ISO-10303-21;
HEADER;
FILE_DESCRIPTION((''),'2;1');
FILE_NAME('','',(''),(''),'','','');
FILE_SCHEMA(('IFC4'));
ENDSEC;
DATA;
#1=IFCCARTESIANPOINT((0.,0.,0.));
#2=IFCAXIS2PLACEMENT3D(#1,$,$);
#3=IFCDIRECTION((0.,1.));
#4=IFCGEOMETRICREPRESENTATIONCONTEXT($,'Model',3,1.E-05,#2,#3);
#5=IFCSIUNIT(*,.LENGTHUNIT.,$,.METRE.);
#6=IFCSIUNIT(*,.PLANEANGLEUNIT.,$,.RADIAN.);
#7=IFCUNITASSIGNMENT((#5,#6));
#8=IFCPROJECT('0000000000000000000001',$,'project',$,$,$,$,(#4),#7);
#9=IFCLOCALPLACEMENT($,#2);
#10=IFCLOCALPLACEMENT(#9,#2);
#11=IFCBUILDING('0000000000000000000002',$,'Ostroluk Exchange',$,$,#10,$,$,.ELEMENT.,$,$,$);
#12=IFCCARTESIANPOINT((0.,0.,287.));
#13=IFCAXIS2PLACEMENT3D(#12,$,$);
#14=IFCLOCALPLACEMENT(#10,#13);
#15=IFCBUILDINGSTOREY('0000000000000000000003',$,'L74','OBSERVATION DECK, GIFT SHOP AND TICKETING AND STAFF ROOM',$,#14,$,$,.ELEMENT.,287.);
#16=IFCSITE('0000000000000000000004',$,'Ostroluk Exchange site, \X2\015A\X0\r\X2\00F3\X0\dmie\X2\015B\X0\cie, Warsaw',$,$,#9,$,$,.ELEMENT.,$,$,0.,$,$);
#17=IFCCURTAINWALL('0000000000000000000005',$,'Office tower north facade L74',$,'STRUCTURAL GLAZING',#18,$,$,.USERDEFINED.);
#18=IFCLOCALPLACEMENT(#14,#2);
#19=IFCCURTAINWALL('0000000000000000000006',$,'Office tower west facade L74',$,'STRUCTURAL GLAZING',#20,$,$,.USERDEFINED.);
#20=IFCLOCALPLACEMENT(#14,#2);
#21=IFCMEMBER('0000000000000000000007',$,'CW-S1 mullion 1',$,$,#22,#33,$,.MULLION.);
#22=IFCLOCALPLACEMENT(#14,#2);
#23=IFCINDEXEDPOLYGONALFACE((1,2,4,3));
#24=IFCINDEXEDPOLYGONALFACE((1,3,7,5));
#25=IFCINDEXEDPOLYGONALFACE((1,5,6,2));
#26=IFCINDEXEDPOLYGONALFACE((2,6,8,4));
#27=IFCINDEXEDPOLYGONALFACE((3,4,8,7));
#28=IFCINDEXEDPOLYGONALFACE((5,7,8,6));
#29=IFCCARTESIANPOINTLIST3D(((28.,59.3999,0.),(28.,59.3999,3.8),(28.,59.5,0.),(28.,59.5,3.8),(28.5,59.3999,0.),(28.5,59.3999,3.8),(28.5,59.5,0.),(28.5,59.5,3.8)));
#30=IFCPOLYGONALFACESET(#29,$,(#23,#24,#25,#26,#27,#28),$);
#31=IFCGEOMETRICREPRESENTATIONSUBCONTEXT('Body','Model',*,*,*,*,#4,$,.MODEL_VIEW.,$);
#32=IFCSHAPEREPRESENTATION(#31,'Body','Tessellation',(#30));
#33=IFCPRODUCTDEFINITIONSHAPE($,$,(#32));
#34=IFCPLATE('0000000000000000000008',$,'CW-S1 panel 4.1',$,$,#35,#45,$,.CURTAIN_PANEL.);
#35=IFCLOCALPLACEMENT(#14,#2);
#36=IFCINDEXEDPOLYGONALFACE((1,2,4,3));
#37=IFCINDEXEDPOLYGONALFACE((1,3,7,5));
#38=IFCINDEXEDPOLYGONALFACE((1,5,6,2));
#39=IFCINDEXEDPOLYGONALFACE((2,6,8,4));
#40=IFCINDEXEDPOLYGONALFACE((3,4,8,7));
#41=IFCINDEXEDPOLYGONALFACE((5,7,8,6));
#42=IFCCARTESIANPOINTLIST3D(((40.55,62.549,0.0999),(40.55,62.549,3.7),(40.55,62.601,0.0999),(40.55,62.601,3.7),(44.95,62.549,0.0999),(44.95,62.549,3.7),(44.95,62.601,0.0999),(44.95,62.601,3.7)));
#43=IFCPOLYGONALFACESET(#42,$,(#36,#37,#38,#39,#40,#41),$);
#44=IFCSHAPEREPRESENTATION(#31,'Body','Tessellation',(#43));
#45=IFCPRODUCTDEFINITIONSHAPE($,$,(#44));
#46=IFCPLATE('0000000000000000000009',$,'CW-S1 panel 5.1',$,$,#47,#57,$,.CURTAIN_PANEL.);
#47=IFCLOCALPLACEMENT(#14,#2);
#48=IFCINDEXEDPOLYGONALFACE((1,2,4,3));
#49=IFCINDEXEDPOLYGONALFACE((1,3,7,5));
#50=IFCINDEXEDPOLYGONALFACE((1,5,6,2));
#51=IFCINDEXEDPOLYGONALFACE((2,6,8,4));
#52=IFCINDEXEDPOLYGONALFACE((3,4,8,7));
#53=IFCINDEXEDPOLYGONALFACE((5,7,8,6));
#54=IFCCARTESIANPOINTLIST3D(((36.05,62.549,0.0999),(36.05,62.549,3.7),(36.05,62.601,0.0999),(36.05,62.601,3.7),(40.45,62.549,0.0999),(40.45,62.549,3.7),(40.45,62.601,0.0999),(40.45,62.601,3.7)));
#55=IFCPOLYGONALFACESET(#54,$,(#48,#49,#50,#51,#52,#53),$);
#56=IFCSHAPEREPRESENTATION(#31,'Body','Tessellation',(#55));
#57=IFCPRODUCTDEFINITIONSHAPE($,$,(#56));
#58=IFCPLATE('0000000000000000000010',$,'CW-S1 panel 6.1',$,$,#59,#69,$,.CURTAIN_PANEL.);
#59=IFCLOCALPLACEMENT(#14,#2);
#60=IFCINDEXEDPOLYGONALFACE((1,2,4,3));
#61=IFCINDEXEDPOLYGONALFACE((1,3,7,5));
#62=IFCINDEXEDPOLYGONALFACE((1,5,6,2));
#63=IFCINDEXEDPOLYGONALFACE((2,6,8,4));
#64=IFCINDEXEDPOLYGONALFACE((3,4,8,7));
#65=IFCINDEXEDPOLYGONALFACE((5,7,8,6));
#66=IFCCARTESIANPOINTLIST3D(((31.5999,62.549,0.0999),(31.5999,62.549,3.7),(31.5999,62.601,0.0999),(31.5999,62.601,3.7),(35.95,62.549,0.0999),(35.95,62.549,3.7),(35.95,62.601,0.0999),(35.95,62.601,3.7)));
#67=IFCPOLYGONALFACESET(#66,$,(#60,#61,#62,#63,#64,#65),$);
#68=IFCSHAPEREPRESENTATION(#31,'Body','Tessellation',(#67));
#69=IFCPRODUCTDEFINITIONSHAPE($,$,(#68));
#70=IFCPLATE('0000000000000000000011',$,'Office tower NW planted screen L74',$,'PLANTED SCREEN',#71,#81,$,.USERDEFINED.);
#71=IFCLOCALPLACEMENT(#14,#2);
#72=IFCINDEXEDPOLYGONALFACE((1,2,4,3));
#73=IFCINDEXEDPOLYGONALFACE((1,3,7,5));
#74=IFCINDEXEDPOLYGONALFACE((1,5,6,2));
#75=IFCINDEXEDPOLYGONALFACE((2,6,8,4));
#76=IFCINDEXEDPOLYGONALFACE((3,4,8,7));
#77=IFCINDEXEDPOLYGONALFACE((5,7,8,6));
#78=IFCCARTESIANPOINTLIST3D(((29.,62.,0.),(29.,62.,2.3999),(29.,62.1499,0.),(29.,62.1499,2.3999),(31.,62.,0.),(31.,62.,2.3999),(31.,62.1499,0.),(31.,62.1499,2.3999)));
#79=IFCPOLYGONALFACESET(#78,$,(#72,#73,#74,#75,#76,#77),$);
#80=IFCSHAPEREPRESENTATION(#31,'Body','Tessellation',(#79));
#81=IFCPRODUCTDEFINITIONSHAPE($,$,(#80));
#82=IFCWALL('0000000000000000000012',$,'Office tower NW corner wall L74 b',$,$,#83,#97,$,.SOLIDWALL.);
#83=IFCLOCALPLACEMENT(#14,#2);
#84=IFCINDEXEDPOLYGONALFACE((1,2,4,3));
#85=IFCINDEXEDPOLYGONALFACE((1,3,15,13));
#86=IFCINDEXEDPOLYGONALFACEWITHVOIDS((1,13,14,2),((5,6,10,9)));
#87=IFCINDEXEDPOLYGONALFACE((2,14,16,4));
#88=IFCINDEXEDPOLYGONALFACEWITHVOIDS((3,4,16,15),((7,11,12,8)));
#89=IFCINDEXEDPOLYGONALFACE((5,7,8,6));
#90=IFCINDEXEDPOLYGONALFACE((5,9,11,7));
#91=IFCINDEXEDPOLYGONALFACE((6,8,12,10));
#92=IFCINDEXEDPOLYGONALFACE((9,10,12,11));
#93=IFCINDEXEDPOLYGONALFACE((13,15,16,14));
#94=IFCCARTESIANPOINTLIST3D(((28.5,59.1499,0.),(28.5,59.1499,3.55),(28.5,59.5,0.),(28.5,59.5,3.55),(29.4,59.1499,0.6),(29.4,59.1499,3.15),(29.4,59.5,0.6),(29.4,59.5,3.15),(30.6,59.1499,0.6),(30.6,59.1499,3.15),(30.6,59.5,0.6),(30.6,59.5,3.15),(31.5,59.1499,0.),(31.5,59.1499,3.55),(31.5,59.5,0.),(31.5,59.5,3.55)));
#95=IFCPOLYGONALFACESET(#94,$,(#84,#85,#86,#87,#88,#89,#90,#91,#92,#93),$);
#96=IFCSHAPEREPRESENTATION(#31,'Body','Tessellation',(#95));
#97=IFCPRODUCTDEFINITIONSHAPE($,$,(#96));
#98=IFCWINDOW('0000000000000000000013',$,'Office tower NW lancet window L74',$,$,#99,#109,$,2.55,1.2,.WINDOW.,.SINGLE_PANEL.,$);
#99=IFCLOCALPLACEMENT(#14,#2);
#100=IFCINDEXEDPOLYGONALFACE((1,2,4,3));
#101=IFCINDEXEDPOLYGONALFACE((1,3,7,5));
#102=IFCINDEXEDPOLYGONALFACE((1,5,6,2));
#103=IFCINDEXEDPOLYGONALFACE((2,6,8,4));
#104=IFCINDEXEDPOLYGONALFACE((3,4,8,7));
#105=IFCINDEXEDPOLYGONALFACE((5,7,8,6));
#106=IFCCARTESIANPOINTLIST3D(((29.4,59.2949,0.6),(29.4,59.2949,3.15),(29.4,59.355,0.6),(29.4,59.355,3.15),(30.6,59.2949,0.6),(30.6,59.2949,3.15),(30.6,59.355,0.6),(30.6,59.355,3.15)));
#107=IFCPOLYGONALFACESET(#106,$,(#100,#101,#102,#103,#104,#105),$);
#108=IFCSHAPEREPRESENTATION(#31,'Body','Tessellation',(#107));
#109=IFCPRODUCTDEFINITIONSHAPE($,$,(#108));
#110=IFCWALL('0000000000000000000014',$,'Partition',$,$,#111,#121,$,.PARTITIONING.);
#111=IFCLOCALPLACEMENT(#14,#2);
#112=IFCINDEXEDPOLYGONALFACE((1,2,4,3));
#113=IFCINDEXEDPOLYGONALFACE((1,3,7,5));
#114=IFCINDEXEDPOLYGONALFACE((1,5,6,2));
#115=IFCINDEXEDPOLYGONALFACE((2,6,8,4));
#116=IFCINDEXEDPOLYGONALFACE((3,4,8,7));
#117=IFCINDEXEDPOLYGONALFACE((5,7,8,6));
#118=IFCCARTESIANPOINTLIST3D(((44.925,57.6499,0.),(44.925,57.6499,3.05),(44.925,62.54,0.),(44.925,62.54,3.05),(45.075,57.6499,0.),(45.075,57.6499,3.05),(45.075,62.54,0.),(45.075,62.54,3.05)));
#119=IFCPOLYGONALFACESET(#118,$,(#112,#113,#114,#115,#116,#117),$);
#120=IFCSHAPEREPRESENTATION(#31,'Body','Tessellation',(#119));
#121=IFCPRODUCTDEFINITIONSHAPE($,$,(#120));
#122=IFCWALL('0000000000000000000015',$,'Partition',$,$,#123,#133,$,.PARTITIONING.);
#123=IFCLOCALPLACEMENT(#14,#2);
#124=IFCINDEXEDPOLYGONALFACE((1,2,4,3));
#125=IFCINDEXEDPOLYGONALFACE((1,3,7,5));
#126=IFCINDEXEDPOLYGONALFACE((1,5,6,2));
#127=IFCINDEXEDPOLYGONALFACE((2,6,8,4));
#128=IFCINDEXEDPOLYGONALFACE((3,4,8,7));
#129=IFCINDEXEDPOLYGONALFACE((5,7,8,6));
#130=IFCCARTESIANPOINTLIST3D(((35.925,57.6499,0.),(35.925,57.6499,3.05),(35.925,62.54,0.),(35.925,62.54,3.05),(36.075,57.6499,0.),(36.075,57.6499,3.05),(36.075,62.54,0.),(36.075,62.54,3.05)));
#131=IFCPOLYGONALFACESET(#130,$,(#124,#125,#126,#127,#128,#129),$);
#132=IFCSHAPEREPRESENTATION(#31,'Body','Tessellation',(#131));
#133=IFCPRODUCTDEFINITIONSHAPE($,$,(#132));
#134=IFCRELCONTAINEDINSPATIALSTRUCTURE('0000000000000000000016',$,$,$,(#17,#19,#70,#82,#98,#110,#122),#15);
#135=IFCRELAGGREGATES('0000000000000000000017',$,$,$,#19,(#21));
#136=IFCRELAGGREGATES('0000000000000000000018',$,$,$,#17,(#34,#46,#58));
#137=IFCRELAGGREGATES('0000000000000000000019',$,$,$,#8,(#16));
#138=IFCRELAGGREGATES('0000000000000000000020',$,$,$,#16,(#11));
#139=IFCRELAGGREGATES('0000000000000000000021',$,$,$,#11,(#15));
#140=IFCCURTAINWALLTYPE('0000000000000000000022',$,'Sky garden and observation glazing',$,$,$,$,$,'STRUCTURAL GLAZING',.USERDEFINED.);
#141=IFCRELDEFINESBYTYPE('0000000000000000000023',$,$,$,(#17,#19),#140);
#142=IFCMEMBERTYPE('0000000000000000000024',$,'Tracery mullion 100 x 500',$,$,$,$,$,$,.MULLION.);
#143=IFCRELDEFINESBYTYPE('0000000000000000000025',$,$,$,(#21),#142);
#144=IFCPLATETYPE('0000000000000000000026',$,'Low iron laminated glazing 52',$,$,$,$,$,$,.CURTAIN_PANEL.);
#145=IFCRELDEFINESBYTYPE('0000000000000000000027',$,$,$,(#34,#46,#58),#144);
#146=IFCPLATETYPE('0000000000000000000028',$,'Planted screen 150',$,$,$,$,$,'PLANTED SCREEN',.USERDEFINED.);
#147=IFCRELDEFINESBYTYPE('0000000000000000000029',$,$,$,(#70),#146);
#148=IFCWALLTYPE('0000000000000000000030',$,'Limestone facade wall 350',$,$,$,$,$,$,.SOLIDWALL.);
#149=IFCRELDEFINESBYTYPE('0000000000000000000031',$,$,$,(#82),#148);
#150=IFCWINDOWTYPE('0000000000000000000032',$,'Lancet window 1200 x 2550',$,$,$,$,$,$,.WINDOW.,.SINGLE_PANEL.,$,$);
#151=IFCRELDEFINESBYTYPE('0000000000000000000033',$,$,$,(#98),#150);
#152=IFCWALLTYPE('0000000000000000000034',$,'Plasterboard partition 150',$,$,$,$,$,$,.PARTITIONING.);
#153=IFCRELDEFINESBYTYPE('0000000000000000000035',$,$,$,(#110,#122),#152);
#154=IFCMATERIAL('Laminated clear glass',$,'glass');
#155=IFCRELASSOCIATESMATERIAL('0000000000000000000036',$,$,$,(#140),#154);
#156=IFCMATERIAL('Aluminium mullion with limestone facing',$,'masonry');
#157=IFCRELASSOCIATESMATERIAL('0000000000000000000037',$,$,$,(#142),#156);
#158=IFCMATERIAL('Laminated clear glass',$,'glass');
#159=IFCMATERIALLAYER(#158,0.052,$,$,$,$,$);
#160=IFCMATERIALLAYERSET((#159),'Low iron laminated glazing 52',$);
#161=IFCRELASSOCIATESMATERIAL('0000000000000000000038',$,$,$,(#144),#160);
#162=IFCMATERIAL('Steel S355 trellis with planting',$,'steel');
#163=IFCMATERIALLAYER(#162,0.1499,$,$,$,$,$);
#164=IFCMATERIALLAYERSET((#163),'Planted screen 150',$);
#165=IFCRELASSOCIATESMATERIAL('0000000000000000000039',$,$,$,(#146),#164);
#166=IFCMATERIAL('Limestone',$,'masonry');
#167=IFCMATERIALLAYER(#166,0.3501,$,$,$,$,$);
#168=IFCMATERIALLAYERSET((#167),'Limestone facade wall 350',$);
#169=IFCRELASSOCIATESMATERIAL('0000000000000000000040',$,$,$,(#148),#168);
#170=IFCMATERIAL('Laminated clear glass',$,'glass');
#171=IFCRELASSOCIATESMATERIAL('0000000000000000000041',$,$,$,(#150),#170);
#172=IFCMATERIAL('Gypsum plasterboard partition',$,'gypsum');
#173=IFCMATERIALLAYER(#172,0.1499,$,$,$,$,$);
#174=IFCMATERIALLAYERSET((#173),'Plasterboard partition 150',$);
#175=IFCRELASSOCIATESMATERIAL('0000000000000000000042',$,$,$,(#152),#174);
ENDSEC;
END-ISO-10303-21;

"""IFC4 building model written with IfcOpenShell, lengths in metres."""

from ifc_helpers import new_model, si_unit, direction, frame, frame_2d, origin, origin_2d, place, context, subcontext, project, spatial, rectangle, extrude, material, layer, layer_set, material_profile, profile_set, type_object, element, fill, aggregate, save


model = new_model("IFC4")

# Units and contexts
model_context = context("Model", 3, precision=1e-05, world=origin(), true_north=direction((0.0, 1.0)))
body_context = subcontext(model_context, "Body", "Model", "MODEL_VIEW")
ifc_project = project(units=[si_unit("LENGTHUNIT", "METRE"), si_unit("PLANEANGLEUNIT", "RADIAN")], contexts=[model_context])

# Site, building, storey
site_placement = place(None, origin())
site = spatial("IfcSite", under=ifc_project, at=site_placement, Name="Ostroluk Exchange site, Śródmieście, Warsaw", CompositionType="ELEMENT", RefElevation=0.0)
building_placement = place(site_placement, origin())
building = spatial("IfcBuilding", under=site, at=building_placement, Name="Ostroluk Exchange", CompositionType="ELEMENT")
storey_placement = place(building_placement, frame((0.0, 0.0, 287.0)))
storey = spatial("IfcBuildingStorey", under=building, at=storey_placement, Name="L74", Description="OBSERVATION DECK, GIFT SHOP AND TICKETING AND STAFF ROOM", CompositionType="ELEMENT", Elevation=287.0)

# Curtain walls
ifc_material_1 = material(Name="Laminated clear glass", Category="glass")
curtain_wall_type = type_object("IfcCurtainWallType", Name="Sky garden and observation glazing", ElementType="STRUCTURAL GLAZING", PredefinedType="USERDEFINED", material=ifc_material_1)
curtain_wall_1_placement = place(storey_placement, origin())
curtain_wall_1 = element("IfcCurtainWall", 1, at=curtain_wall_1_placement, inside=storey, type_object=curtain_wall_type, Name="Office tower north facade L74", ObjectType="STRUCTURAL GLAZING", PredefinedType="USERDEFINED")
curtain_wall_2_placement = place(storey_placement, origin())
curtain_wall_2 = element("IfcCurtainWall", 2, at=curtain_wall_2_placement, inside=storey, type_object=curtain_wall_type, Name="Office tower west facade L74", ObjectType="STRUCTURAL GLAZING", PredefinedType="USERDEFINED")

# Member
ifc_material_2 = material(Name="Aluminium mullion with limestone facing", Category="masonry")
ifc_material_profile_1 = material_profile(ifc_material_2, rectangle(XDim=0.5, YDim=0.1001, at=origin_2d()), Name="Tracery mullion 100 x 500")
ifc_profile_set_1 = profile_set([ifc_material_profile_1], Name="Aluminium mullion with limestone facing")
member_type_1 = type_object("IfcMemberType", Name="Tracery mullion 100 x 500", PredefinedType="MULLION", material=ifc_profile_set_1)
member_1_placement = place(storey_placement, frame((28.25, 59.45, 0.0), z_axis=(0.0, 0.0, 1.0), x_axis=(1.0, 0.0, 0.0)))
member_1 = element("IfcMember", 3, at=member_1_placement, type_object=member_type_1, Name="CW-S1 mullion 1", PredefinedType="MULLION", context=body_context, shape_type="SweptSolid", body=[
    extrude(rectangle(XDim=0.5, YDim=0.1001, at=origin_2d()), origin(), (0.0, 0.0, 1.0), 3.8),
])
aggregate(curtain_wall_2, [member_1])

# Plates
ifc_material_3 = material(Name="Laminated clear glass", Category="glass")
ifc_layer_1 = layer(ifc_material_3, 0.052)
ifc_layer_set_1 = layer_set([ifc_layer_1], Name="Low iron laminated glazing 52")
plate_type_1 = type_object("IfcPlateType", Name="Low iron laminated glazing 52", PredefinedType="CURTAIN_PANEL", material=ifc_layer_set_1)
plate_1_placement = place(storey_placement, frame((42.75, 62.575, 0.0999), z_axis=(0.0, 0.0, 1.0), x_axis=(-1.0, 0.0, 0.0)))
plate_1 = element("IfcPlate", 4, at=plate_1_placement, type_object=plate_type_1, Name="CW-S1 panel 4.1", PredefinedType="CURTAIN_PANEL", context=body_context, shape_type="SweptSolid", body=[
    extrude(rectangle(XDim=4.3999, YDim=0.052, at=origin_2d()), origin(), (0.0, 0.0, 1.0), 3.6001),
])
plate_2_placement = place(storey_placement, frame((38.25, 62.575, 0.0999), z_axis=(0.0, 0.0, 1.0), x_axis=(-1.0, 0.0, 0.0)))
plate_2 = element("IfcPlate", 5, at=plate_2_placement, type_object=plate_type_1, Name="CW-S1 panel 5.1", PredefinedType="CURTAIN_PANEL", context=body_context, shape_type="SweptSolid", body=[
    extrude(rectangle(XDim=4.3999, YDim=0.052, at=origin_2d()), origin(), (0.0, 0.0, 1.0), 3.6001),
])
plate_3_placement = place(storey_placement, frame((33.7749, 62.575, 0.0999), z_axis=(0.0, 0.0, 1.0), x_axis=(-1.0, 0.0, 0.0)))
plate_3 = element("IfcPlate", 6, at=plate_3_placement, type_object=plate_type_1, Name="CW-S1 panel 6.1", PredefinedType="CURTAIN_PANEL", context=body_context, shape_type="SweptSolid", body=[
    extrude(rectangle(XDim=4.3501, YDim=0.052, at=origin_2d()), origin(), (0.0, 0.0, 1.0), 3.6001),
])
aggregate(curtain_wall_1, [plate_1, plate_2, plate_3])
ifc_material_4 = material(Name="Steel S355 trellis with planting", Category="steel")
ifc_layer_2 = layer(ifc_material_4, 0.1499)
ifc_layer_set_2 = layer_set([ifc_layer_2], Name="Planted screen 150")
plate_type_2 = type_object("IfcPlateType", Name="Planted screen 150", ElementType="PLANTED SCREEN", PredefinedType="USERDEFINED", material=ifc_layer_set_2)
plate_4_placement = place(storey_placement, frame((30.0, 62.075, 0.0), z_axis=(0.0, 0.0, 1.0), x_axis=(1.0, 0.0, 0.0)))
element("IfcPlate", 7, at=plate_4_placement, inside=storey, type_object=plate_type_2, Name="Office tower NW planted screen L74", ObjectType="PLANTED SCREEN", PredefinedType="USERDEFINED", context=body_context, shape_type="SweptSolid", body=[
    extrude(rectangle(XDim=2.0, YDim=0.1499, at=origin_2d()), origin(), (0.0, 0.0, 1.0), 2.3999),
])

# Shared definitions
ifc_material_5 = material(Name="Limestone", Category="masonry")
ifc_layer_3 = layer(ifc_material_5, 0.3501)
ifc_layer_set_3 = layer_set([ifc_layer_3], Name="Limestone facade wall 350")
wall_type_1 = type_object("IfcWallType", Name="Limestone facade wall 350", PredefinedType="SOLIDWALL", material=ifc_layer_set_3)

# Wall, opening, window
wall_1_placement = place(storey_placement, frame((31.5, 59.325, 0.0), z_axis=(0.0, 0.0, 1.0), x_axis=(-1.0, 0.0, 0.0)))
wall_1 = element("IfcWall", 8, at=wall_1_placement, inside=storey, type_object=wall_type_1, Name="Office tower NW corner wall L74 b", PredefinedType="SOLIDWALL", context=body_context, shape_type="SweptSolid", body=[
    extrude(rectangle(XDim=3.0, YDim=0.3501, at=frame_2d((1.5, 0.0))), origin(), (0.0, 0.0, 1.0), 3.55),
])
opening_1_placement = place(wall_1_placement, frame((0.8999, 0.0, 0.6001)))
opening_1 = element("IfcOpeningElement", 9, at=opening_1_placement, cuts=wall_1, PredefinedType="OPENING", context=body_context, shape_type="SweptSolid", body=[
    extrude(rectangle(XDim=1.2, YDim=2.55, at=frame_2d((0.6001, 1.2749))), frame((0.0, 0.1851, 0.0), z_axis=(0.0, -1.0, 0.0), x_axis=(1.0, 0.0, 0.0)), (0.0, 0.0, 1.0), 0.3701),
])
ifc_material_6 = material(Name="Laminated clear glass", Category="glass")
window_type = type_object("IfcWindowType", Name="Lancet window 1200 x 2550", PartitioningType="SINGLE_PANEL", PredefinedType="WINDOW", material=ifc_material_6)
window_placement = place(opening_1_placement, origin())
window = element("IfcWindow", 10, at=window_placement, inside=storey, type_object=window_type, Name="Office tower NW lancet window L74", OverallHeight=2.55, OverallWidth=1.2, PartitioningType="SINGLE_PANEL", PredefinedType="WINDOW", context=body_context, shape_type="SweptSolid", body=[
    extrude(rectangle(XDim=1.2, YDim=2.55, at=frame_2d((0.6001, 1.2749))), frame((0.0, 0.03, 0.0), z_axis=(0.0, -1.0, 0.0), x_axis=(1.0, 0.0, 0.0)), (0.0, 0.0, 1.0), 0.0601),
])
fill(opening_1, window)

# Walls
ifc_material_7 = material(Name="Gypsum plasterboard partition", Category="gypsum")
ifc_layer_4 = layer(ifc_material_7, 0.1499)
ifc_layer_set_4 = layer_set([ifc_layer_4], Name="Plasterboard partition 150")
wall_type_2 = type_object("IfcWallType", Name="Plasterboard partition 150", PredefinedType="PARTITIONING", material=ifc_layer_set_4)
for number, where, z_axis, x_axis, name in (
    (11, (45.0, 57.6499, 0.0), (0.0, 0.0, 1.0), (0.0, 1.0, 0.0), "Partition"),
    (12, (36.0, 57.6499, 0.0), (0.0, 0.0, 1.0), (0.0, 1.0, 0.0), "Partition"),
):
    element("IfcWall", number, at=place(storey_placement, frame(where, z_axis=z_axis, x_axis=x_axis)), inside=storey, type_object=wall_type_2, Name=name, PredefinedType="PARTITIONING", context=body_context, shape_type="SweptSolid", body=[
        extrude(rectangle(XDim=4.8901, YDim=0.1499, at=frame_2d((2.4451, 0.0))), origin(), (0.0, 0.0, 1.0), 3.05),
    ])

save(model, "model.ifc")
